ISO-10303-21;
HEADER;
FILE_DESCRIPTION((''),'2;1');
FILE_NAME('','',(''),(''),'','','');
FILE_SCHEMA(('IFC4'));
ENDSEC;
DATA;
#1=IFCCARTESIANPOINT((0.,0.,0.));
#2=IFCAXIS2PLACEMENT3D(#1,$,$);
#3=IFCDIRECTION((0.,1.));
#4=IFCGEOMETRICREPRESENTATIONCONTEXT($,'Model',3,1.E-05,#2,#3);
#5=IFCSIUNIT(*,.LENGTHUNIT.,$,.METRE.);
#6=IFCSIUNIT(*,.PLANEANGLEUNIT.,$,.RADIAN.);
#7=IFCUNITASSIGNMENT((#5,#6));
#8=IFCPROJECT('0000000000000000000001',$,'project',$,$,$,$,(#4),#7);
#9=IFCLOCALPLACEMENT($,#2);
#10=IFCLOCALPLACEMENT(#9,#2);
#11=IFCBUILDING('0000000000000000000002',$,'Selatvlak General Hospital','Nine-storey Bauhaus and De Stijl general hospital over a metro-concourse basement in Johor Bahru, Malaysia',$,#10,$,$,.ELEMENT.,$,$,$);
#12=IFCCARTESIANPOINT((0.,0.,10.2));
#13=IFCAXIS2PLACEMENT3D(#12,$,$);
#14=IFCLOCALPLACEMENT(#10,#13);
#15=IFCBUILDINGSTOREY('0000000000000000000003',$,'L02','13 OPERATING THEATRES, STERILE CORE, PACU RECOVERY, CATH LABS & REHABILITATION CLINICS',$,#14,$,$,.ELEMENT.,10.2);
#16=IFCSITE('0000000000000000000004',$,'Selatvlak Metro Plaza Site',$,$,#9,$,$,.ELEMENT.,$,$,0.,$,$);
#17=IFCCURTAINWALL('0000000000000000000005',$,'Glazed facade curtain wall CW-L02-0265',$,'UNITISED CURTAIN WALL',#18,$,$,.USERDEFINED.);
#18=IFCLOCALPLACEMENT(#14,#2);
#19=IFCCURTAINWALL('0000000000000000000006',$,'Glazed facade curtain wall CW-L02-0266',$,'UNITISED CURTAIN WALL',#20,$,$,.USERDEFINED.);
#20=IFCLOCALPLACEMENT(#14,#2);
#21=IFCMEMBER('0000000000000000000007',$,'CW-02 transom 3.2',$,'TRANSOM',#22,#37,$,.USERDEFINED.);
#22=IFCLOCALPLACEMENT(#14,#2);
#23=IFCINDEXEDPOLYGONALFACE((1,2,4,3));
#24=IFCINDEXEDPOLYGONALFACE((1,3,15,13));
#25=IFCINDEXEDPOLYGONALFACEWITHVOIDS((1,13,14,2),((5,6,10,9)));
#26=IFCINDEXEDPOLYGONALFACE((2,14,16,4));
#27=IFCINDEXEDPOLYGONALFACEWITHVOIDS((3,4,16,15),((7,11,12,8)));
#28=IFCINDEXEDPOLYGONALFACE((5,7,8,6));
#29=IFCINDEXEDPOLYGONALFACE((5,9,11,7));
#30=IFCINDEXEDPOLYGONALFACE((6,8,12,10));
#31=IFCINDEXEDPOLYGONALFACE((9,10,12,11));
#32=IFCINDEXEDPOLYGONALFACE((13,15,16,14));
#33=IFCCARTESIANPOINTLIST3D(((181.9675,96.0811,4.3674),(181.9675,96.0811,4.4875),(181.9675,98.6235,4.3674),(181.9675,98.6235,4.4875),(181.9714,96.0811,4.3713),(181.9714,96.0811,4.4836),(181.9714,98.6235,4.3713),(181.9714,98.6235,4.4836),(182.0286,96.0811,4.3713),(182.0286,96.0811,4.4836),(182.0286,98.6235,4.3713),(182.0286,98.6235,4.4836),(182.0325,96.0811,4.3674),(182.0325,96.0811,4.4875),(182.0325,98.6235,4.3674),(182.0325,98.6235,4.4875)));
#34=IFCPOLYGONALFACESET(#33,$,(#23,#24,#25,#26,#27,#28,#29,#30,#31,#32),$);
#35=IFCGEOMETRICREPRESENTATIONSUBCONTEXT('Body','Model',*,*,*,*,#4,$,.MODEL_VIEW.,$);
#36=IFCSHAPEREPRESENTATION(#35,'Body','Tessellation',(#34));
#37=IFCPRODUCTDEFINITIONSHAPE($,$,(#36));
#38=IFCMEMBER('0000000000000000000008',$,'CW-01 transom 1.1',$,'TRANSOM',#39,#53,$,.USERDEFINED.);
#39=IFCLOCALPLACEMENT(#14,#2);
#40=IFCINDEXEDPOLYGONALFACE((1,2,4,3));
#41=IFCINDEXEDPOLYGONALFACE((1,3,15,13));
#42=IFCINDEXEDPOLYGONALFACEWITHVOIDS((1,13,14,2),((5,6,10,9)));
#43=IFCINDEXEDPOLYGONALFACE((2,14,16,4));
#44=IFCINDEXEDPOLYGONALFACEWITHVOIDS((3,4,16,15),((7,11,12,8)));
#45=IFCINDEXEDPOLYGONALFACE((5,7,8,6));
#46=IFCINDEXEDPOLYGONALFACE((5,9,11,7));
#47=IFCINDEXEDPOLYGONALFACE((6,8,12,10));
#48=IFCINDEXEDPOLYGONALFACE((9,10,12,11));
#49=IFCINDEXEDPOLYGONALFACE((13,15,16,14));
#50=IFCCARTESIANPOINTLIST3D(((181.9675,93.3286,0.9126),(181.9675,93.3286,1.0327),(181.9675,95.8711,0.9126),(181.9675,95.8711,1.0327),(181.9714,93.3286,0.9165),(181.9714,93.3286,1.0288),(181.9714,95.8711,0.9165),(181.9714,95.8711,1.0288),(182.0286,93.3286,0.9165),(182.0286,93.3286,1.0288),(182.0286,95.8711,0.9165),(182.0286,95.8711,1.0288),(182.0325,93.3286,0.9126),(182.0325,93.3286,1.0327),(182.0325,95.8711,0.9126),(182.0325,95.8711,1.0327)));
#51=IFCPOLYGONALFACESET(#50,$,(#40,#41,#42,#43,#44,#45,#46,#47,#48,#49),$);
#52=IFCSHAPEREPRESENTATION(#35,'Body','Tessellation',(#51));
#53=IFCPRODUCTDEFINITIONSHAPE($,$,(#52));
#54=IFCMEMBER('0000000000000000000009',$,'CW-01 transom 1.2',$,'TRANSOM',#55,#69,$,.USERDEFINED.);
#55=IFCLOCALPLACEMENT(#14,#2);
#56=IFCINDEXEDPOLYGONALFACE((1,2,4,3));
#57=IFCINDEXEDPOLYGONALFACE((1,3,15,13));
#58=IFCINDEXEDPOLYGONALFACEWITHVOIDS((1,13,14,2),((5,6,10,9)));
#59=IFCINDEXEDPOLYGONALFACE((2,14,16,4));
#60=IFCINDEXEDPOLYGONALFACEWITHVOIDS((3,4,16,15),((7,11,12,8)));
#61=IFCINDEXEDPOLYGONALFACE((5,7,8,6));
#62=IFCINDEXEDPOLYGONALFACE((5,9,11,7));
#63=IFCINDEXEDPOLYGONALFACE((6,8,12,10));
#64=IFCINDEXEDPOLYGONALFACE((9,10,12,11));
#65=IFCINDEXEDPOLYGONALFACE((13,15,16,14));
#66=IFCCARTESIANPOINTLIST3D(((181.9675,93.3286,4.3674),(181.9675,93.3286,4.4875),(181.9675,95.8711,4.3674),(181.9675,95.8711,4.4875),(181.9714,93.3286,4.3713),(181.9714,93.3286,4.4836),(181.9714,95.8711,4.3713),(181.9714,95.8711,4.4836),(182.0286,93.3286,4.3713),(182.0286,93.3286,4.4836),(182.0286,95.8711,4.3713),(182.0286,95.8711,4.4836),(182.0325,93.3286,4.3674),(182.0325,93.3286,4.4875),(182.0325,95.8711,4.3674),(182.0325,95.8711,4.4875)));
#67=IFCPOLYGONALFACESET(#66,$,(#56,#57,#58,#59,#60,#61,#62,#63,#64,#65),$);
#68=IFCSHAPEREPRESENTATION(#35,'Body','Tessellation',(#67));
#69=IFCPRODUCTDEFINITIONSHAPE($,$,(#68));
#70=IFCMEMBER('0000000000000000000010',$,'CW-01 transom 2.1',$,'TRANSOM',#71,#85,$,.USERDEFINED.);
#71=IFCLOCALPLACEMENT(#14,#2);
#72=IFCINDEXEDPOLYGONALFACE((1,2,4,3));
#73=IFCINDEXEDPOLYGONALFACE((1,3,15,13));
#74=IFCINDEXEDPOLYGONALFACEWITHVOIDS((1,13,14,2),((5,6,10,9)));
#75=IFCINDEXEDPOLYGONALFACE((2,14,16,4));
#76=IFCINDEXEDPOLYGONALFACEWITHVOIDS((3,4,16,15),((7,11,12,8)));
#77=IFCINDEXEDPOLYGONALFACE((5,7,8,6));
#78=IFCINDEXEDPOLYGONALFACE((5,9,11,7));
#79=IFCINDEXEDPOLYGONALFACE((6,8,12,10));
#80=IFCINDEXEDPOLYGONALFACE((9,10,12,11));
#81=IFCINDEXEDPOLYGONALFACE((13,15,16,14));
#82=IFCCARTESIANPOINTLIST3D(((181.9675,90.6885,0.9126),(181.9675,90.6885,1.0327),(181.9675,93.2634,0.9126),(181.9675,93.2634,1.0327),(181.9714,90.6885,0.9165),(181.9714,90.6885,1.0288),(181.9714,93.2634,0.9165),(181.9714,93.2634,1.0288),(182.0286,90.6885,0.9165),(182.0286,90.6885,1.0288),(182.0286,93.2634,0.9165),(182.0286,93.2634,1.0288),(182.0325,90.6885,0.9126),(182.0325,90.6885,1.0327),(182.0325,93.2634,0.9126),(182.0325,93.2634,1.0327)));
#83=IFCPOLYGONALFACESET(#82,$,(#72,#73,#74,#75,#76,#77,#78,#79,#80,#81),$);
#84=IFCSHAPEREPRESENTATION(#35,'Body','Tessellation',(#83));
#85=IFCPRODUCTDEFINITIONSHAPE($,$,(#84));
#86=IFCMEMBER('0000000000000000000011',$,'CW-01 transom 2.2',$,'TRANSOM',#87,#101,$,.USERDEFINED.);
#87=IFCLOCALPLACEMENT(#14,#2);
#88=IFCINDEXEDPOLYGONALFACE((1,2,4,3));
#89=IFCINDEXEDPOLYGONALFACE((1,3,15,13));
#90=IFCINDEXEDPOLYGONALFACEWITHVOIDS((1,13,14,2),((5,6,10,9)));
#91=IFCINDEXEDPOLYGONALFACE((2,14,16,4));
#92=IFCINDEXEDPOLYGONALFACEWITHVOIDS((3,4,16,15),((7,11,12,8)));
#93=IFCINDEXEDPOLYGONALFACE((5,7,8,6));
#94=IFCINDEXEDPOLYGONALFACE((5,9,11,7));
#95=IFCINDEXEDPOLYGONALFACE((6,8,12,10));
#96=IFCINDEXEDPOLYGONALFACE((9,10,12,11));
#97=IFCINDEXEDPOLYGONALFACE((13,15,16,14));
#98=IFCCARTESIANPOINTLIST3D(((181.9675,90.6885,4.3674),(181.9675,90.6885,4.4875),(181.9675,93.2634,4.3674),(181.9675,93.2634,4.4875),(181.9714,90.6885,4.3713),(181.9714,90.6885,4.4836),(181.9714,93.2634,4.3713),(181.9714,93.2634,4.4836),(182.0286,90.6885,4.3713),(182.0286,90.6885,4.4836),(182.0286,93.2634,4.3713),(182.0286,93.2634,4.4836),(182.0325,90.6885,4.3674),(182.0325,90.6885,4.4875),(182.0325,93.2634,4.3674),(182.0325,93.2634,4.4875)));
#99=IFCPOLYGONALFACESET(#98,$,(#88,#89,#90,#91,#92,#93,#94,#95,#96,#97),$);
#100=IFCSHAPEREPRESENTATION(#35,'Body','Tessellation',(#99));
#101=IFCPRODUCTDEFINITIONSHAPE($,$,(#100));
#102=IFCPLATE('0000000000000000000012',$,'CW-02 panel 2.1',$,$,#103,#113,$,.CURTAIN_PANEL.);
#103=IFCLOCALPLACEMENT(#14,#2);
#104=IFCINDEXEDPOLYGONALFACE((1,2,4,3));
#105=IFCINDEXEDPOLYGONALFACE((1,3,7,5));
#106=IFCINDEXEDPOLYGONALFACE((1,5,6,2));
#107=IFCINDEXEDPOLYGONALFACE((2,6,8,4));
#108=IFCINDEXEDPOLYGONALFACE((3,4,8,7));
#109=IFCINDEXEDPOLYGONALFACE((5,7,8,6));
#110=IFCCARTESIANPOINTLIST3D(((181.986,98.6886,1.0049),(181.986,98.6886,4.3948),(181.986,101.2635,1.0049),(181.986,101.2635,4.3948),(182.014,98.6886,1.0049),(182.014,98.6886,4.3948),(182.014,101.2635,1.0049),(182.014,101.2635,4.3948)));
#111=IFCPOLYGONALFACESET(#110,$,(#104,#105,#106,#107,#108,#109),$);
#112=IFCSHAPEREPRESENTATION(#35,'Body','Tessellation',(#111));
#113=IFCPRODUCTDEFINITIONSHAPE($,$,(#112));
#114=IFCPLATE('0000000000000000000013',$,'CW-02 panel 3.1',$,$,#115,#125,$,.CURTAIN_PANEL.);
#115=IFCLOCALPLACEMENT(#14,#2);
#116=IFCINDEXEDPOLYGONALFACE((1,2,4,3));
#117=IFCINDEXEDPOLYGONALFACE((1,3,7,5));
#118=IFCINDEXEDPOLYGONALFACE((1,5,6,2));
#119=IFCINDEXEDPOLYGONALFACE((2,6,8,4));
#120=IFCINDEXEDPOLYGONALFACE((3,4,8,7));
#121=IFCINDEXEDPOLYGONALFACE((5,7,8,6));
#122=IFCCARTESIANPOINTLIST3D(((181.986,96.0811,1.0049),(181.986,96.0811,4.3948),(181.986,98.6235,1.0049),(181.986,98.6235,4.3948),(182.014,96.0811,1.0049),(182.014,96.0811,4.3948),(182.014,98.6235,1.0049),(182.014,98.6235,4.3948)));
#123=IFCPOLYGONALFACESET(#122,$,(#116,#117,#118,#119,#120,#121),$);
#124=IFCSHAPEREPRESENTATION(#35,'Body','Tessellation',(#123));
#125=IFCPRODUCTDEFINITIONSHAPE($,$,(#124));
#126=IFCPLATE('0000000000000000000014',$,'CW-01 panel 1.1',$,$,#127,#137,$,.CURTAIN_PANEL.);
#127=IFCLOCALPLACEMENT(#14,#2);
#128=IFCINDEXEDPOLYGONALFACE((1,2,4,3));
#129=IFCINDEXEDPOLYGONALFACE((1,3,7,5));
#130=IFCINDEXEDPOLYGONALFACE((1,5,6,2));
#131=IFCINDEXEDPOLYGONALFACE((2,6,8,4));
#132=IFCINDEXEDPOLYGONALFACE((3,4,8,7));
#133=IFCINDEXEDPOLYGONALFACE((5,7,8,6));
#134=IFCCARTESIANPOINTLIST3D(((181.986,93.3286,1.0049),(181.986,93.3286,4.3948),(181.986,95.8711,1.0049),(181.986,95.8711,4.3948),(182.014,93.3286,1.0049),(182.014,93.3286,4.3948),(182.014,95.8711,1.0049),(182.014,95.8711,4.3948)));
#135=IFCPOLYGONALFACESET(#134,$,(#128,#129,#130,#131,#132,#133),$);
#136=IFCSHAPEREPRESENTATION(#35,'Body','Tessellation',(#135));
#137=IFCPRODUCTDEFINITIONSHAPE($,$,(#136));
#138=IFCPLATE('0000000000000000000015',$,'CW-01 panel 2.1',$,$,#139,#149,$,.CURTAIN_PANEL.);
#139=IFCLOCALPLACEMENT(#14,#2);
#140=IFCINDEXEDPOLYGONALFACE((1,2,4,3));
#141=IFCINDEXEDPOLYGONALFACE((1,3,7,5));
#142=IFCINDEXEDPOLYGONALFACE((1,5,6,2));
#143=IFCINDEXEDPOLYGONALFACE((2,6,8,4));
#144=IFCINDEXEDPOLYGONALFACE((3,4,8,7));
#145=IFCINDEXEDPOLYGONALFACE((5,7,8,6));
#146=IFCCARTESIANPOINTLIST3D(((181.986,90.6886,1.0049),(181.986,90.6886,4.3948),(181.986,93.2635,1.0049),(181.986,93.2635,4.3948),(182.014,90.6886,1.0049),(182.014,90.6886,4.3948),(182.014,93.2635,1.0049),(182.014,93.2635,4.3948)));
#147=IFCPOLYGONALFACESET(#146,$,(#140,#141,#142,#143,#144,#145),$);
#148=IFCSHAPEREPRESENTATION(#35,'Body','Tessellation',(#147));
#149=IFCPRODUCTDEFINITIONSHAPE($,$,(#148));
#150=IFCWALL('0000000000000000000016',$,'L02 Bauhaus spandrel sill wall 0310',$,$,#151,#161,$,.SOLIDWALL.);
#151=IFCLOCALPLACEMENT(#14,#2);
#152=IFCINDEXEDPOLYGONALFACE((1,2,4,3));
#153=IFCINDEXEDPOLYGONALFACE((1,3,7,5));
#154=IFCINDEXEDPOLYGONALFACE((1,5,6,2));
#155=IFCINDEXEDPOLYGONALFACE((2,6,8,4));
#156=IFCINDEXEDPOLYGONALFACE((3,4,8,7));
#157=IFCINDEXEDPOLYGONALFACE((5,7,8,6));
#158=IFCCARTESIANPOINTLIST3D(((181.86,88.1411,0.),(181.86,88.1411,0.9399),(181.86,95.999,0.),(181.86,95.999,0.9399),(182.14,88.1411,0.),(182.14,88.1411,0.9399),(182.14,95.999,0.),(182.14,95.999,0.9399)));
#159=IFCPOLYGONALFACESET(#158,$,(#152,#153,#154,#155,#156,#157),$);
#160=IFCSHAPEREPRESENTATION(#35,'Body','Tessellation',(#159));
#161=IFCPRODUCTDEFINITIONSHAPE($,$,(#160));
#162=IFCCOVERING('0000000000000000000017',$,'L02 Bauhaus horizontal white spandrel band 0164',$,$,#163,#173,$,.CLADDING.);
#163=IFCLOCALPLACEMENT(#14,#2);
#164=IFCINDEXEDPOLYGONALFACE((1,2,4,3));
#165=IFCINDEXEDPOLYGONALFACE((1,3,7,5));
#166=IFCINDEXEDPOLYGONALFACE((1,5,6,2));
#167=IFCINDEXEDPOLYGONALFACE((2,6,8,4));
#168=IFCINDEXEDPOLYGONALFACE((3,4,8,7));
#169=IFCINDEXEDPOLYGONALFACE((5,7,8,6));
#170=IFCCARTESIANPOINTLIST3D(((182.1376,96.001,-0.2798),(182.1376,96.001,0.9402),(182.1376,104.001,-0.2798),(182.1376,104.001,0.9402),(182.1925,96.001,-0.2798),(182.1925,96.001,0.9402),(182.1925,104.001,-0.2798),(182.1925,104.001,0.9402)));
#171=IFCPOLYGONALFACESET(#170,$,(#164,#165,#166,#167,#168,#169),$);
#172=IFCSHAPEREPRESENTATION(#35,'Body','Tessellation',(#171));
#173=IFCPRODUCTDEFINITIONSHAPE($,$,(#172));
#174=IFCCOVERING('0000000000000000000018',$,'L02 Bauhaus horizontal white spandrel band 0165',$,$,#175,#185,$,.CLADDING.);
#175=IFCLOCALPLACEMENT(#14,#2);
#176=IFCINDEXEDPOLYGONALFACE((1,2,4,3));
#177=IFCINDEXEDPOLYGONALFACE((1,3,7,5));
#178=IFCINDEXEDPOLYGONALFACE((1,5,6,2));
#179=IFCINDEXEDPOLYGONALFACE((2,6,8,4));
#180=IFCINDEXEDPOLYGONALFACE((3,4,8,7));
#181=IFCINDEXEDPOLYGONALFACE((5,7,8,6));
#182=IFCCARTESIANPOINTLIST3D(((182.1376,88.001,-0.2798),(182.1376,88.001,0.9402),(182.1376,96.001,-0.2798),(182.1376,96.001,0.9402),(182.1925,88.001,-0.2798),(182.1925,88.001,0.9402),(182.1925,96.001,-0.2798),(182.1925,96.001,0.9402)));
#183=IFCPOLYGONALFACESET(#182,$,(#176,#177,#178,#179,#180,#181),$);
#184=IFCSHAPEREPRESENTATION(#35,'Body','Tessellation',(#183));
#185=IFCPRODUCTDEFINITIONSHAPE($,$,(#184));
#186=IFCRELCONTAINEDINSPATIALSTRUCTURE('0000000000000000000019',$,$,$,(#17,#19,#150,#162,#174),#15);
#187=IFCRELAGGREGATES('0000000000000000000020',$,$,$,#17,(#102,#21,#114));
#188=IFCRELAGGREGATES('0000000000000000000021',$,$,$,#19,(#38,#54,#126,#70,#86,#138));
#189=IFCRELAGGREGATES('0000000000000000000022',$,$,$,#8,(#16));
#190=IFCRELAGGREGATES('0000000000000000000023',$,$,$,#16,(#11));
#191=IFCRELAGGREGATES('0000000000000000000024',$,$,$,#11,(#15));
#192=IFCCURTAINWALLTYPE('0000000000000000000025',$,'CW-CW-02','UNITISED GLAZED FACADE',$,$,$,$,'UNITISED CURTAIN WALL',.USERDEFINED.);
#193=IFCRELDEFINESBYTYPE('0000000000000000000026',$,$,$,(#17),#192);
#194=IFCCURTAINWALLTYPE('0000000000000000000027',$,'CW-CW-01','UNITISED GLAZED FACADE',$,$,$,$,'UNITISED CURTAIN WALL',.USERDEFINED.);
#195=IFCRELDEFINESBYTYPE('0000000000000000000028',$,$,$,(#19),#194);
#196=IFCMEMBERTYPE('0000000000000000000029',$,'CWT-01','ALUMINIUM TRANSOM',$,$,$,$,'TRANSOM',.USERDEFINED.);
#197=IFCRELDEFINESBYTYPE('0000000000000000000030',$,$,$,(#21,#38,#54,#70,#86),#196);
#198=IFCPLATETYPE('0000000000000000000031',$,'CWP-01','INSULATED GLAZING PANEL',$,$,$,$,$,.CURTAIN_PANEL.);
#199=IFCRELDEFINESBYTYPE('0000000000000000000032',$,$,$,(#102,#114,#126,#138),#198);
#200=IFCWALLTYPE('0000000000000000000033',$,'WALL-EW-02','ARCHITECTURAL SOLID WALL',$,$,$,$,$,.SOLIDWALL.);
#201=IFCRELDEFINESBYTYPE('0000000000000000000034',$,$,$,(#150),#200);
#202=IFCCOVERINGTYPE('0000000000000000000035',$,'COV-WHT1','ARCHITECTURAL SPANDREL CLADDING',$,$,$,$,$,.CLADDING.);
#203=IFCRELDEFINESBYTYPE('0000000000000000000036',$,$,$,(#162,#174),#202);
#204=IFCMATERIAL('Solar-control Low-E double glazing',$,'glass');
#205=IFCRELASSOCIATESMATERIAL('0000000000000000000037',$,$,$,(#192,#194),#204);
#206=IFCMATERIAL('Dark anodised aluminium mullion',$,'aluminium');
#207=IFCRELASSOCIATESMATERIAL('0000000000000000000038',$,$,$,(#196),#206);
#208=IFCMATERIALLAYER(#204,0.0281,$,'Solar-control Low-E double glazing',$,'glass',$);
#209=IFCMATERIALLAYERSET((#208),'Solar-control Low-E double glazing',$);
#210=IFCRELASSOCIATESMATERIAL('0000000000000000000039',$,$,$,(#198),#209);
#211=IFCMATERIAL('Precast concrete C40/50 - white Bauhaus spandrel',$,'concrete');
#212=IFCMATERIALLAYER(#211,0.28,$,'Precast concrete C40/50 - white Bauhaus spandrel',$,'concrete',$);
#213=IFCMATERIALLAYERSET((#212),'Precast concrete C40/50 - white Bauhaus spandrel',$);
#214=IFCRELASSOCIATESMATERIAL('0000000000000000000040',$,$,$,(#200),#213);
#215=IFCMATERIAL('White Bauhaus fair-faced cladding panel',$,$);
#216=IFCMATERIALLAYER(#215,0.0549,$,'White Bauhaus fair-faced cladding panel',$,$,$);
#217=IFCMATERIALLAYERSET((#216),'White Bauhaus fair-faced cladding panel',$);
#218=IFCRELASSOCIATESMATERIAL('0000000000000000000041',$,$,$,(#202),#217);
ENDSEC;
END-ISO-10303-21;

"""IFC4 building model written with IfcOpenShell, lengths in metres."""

from ifc_helpers import new_model, si_unit, direction, frame, frame_2d, origin, origin_2d, place, context, subcontext, project, spatial, rectangle, hollow_rectangle, extrude, material, layer, layer_set, material_profile, profile_set, type_object, element, aggregate, save


model = new_model("IFC4")

# Units and contexts
model_context = context("Model", 3, precision=1e-05, world=origin(), true_north=direction((0.0, 1.0)))
body_context = subcontext(model_context, "Body", "Model", "MODEL_VIEW")
ifc_project = project(units=[si_unit("LENGTHUNIT", "METRE"), si_unit("PLANEANGLEUNIT", "RADIAN")], contexts=[model_context])

# Site, building, storey
site_placement = place(None, origin())
site = spatial("IfcSite", under=ifc_project, at=site_placement, Name="Selatvlak Metro Plaza Site", CompositionType="ELEMENT", RefElevation=0.0)
building_placement = place(site_placement, origin())
building = spatial("IfcBuilding", under=site, at=building_placement, Name="Selatvlak General Hospital", Description="Nine-storey Bauhaus and De Stijl general hospital over a metro-concourse basement in Johor Bahru, Malaysia", CompositionType="ELEMENT")
storey_placement = place(building_placement, frame((0.0, 0.0, 10.2)))
storey = spatial("IfcBuildingStorey", under=building, at=storey_placement, Name="L02", Description="13 OPERATING THEATRES, STERILE CORE, PACU RECOVERY, CATH LABS & REHABILITATION CLINICS", CompositionType="ELEMENT", Elevation=10.2)

# Curtain walls
ifc_material_1 = material(Name="Solar-control Low-E double glazing", Category="glass")
curtain_wall_type_1 = type_object("IfcCurtainWallType", Name="CW-CW-02", Description="UNITISED GLAZED FACADE", ElementType="UNITISED CURTAIN WALL", PredefinedType="USERDEFINED", material=ifc_material_1)
curtain_wall_1_placement = place(storey_placement, origin())
curtain_wall_1 = element("IfcCurtainWall", 1, at=curtain_wall_1_placement, inside=storey, type_object=curtain_wall_type_1, Name="Glazed facade curtain wall CW-L02-0265", ObjectType="UNITISED CURTAIN WALL", PredefinedType="USERDEFINED")
ifc_material_2 = material(Name="Dark anodised aluminium mullion", Category="aluminium")
curtain_wall_type_2 = type_object("IfcCurtainWallType", Name="CW-CW-01", Description="UNITISED GLAZED FACADE", ElementType="UNITISED CURTAIN WALL", PredefinedType="USERDEFINED", material=ifc_material_1)
curtain_wall_2_placement = place(storey_placement, origin())
curtain_wall_2 = element("IfcCurtainWall", 2, at=curtain_wall_2_placement, inside=storey, type_object=curtain_wall_type_2, Name="Glazed facade curtain wall CW-L02-0266", ObjectType="UNITISED CURTAIN WALL", PredefinedType="USERDEFINED")

# Members
ifc_material_profile_1 = material_profile(ifc_material_2, hollow_rectangle(XDim=0.0649, YDim=0.1201, WallThickness=0.0039, at=origin_2d()), Name="AL-TRN 65x120x4")
ifc_profile_set_1 = profile_set([ifc_material_profile_1], Name="Dark anodised aluminium mullion")
member_type_1 = type_object("IfcMemberType", Name="CWT-01", Description="ALUMINIUM TRANSOM", ElementType="TRANSOM", PredefinedType="USERDEFINED", material=ifc_profile_set_1)
member_1_placement = place(storey_placement, frame((182.0, 98.6235, 4.4275), z_axis=(0.0, -1.0, 0.0), x_axis=(1.0, 0.0, 0.0)))
member_1 = element("IfcMember", 3, at=member_1_placement, type_object=member_type_1, Name="CW-02 transom 3.2", ObjectType="TRANSOM", PredefinedType="USERDEFINED", context=body_context, shape_type="SweptSolid", body=[
    extrude(hollow_rectangle(XDim=0.0649, YDim=0.1201, WallThickness=0.0039, at=origin_2d()), origin(), (0.0, 0.0, 1.0), 2.5425),
])
member_2_placement = place(storey_placement, frame((182.0, 95.8711, 0.9727), z_axis=(0.0, -1.0, 0.0), x_axis=(1.0, 0.0, 0.0)))
member_2 = element("IfcMember", 4, at=member_2_placement, type_object=member_type_1, Name="CW-01 transom 1.1", ObjectType="TRANSOM", PredefinedType="USERDEFINED", context=body_context, shape_type="SweptSolid", body=[
    extrude(hollow_rectangle(XDim=0.0649, YDim=0.1201, WallThickness=0.0039, at=origin_2d()), origin(), (0.0, 0.0, 1.0), 2.5425),
])
member_3_placement = place(storey_placement, frame((182.0, 95.8711, 4.4275), z_axis=(0.0, -1.0, 0.0), x_axis=(1.0, 0.0, 0.0)))
member_3 = element("IfcMember", 5, at=member_3_placement, type_object=member_type_1, Name="CW-01 transom 1.2", ObjectType="TRANSOM", PredefinedType="USERDEFINED", context=body_context, shape_type="SweptSolid", body=[
    extrude(hollow_rectangle(XDim=0.0649, YDim=0.1201, WallThickness=0.0039, at=origin_2d()), origin(), (0.0, 0.0, 1.0), 2.5425),
])
member_4_placement = place(storey_placement, frame((182.0, 93.2634, 0.9727), z_axis=(0.0, -1.0, 0.0), x_axis=(1.0, 0.0, 0.0)))
member_4 = element("IfcMember", 6, at=member_4_placement, type_object=member_type_1, Name="CW-01 transom 2.1", ObjectType="TRANSOM", PredefinedType="USERDEFINED", context=body_context, shape_type="SweptSolid", body=[
    extrude(hollow_rectangle(XDim=0.0649, YDim=0.1201, WallThickness=0.0039, at=origin_2d()), origin(), (0.0, 0.0, 1.0), 2.575),
])
member_5_placement = place(storey_placement, frame((182.0, 93.2634, 4.4275), z_axis=(0.0, -1.0, 0.0), x_axis=(1.0, 0.0, 0.0)))
member_5 = element("IfcMember", 7, at=member_5_placement, type_object=member_type_1, Name="CW-01 transom 2.2", ObjectType="TRANSOM", PredefinedType="USERDEFINED", context=body_context, shape_type="SweptSolid", body=[
    extrude(hollow_rectangle(XDim=0.0649, YDim=0.1201, WallThickness=0.0039, at=origin_2d()), origin(), (0.0, 0.0, 1.0), 2.575),
])

# Plates
ifc_layer_1 = layer(ifc_material_1, 0.0281, Name="Solar-control Low-E double glazing", Category="glass")
ifc_layer_set_1 = layer_set([ifc_layer_1], Name="Solar-control Low-E double glazing")
plate_type = type_object("IfcPlateType", Name="CWP-01", Description="INSULATED GLAZING PANEL", PredefinedType="CURTAIN_PANEL", material=ifc_layer_set_1)
plate_1_placement = place(storey_placement, frame((182.0, 99.9761, 1.0049), z_axis=(0.0, 0.0, 1.0), x_axis=(0.0, -1.0, 0.0)))
plate_1 = element("IfcPlate", 8, at=plate_1_placement, type_object=plate_type, Name="CW-02 panel 2.1", PredefinedType="CURTAIN_PANEL", context=body_context, shape_type="SweptSolid", body=[
    extrude(rectangle(XDim=2.575, YDim=0.0281, at=origin_2d()), origin(), (0.0, 0.0, 1.0), 3.3899),
])
plate_2_placement = place(storey_placement, frame((182.0, 97.3523, 1.0049), z_axis=(0.0, 0.0, 1.0), x_axis=(0.0, -1.0, 0.0)))
plate_2 = element("IfcPlate", 9, at=plate_2_placement, type_object=plate_type, Name="CW-02 panel 3.1", PredefinedType="CURTAIN_PANEL", context=body_context, shape_type="SweptSolid", body=[
    extrude(rectangle(XDim=2.5425, YDim=0.0281, at=origin_2d()), origin(), (0.0, 0.0, 1.0), 3.3899),
])
aggregate(curtain_wall_1, [plate_1, member_1, plate_2])
plate_3_placement = place(storey_placement, frame((182.0, 94.5999, 1.0049), z_axis=(0.0, 0.0, 1.0), x_axis=(0.0, -1.0, 0.0)))
plate_3 = element("IfcPlate", 10, at=plate_3_placement, type_object=plate_type, Name="CW-01 panel 1.1", PredefinedType="CURTAIN_PANEL", context=body_context, shape_type="SweptSolid", body=[
    extrude(rectangle(XDim=2.5425, YDim=0.0281, at=origin_2d()), origin(), (0.0, 0.0, 1.0), 3.3899),
])
plate_4_placement = place(storey_placement, frame((182.0, 91.9761, 1.0049), z_axis=(0.0, 0.0, 1.0), x_axis=(0.0, -1.0, 0.0)))
plate_4 = element("IfcPlate", 11, at=plate_4_placement, type_object=plate_type, Name="CW-01 panel 2.1", PredefinedType="CURTAIN_PANEL", context=body_context, shape_type="SweptSolid", body=[
    extrude(rectangle(XDim=2.575, YDim=0.0281, at=origin_2d()), origin(), (0.0, 0.0, 1.0), 3.3899),
])
aggregate(curtain_wall_2, [member_2, member_3, plate_3, member_4, member_5, plate_4])

# Wall
ifc_material_3 = material(Name="Precast concrete C40/50 - white Bauhaus spandrel", Category="concrete")
ifc_layer_2 = layer(ifc_material_3, 0.28, Name="Precast concrete C40/50 - white Bauhaus spandrel", Category="concrete")
ifc_layer_set_2 = layer_set([ifc_layer_2], Name="Precast concrete C40/50 - white Bauhaus spandrel")
wall_type = type_object("IfcWallType", Name="WALL-EW-02", Description="ARCHITECTURAL SOLID WALL", PredefinedType="SOLIDWALL", material=ifc_layer_set_2)
wall_placement = place(storey_placement, frame((182.0, 95.999, 0.0), z_axis=(0.0, 0.0, 1.0), x_axis=(0.0, -1.0, 0.0)))
element("IfcWall", 12, at=wall_placement, inside=storey, type_object=wall_type, Name="L02 Bauhaus spandrel sill wall 0310", PredefinedType="SOLIDWALL", context=body_context, shape_type="SweptSolid", body=[
    extrude(rectangle(XDim=7.8579, YDim=0.28, at=frame_2d((3.929, 0.0))), origin(), (0.0, 0.0, 1.0), 0.9399),
])

# Coverings
ifc_material_4 = material(Name="White Bauhaus fair-faced cladding panel")
ifc_layer_3 = layer(ifc_material_4, 0.0549, Name="White Bauhaus fair-faced cladding panel")
ifc_layer_set_3 = layer_set([ifc_layer_3], Name="White Bauhaus fair-faced cladding panel")
covering_type = type_object("IfcCoveringType", Name="COV-WHT1", Description="ARCHITECTURAL SPANDREL CLADDING", PredefinedType="CLADDING", material=ifc_layer_set_3)
for number, where, z_axis, x_axis, name in (
    (13, (182.165, 100.001, -0.2798), (0.0, 0.0, 1.0), (0.0, -1.0, 0.0), "L02 Bauhaus horizontal white spandrel band 0164"),
    (14, (182.165, 92.001, -0.2798), (0.0, 0.0, 1.0), (0.0, -1.0, 0.0), "L02 Bauhaus horizontal white spandrel band 0165"),
):
    element("IfcCovering", number, at=place(storey_placement, frame(where, z_axis=z_axis, x_axis=x_axis)), inside=storey, type_object=covering_type, Name=name, PredefinedType="CLADDING", context=body_context, shape_type="SweptSolid", body=[
        extrude(rectangle(XDim=8.0, YDim=0.0549, at=origin_2d()), origin(), (0.0, 0.0, 1.0), 1.22),
    ])

save(model, "model.ifc")
